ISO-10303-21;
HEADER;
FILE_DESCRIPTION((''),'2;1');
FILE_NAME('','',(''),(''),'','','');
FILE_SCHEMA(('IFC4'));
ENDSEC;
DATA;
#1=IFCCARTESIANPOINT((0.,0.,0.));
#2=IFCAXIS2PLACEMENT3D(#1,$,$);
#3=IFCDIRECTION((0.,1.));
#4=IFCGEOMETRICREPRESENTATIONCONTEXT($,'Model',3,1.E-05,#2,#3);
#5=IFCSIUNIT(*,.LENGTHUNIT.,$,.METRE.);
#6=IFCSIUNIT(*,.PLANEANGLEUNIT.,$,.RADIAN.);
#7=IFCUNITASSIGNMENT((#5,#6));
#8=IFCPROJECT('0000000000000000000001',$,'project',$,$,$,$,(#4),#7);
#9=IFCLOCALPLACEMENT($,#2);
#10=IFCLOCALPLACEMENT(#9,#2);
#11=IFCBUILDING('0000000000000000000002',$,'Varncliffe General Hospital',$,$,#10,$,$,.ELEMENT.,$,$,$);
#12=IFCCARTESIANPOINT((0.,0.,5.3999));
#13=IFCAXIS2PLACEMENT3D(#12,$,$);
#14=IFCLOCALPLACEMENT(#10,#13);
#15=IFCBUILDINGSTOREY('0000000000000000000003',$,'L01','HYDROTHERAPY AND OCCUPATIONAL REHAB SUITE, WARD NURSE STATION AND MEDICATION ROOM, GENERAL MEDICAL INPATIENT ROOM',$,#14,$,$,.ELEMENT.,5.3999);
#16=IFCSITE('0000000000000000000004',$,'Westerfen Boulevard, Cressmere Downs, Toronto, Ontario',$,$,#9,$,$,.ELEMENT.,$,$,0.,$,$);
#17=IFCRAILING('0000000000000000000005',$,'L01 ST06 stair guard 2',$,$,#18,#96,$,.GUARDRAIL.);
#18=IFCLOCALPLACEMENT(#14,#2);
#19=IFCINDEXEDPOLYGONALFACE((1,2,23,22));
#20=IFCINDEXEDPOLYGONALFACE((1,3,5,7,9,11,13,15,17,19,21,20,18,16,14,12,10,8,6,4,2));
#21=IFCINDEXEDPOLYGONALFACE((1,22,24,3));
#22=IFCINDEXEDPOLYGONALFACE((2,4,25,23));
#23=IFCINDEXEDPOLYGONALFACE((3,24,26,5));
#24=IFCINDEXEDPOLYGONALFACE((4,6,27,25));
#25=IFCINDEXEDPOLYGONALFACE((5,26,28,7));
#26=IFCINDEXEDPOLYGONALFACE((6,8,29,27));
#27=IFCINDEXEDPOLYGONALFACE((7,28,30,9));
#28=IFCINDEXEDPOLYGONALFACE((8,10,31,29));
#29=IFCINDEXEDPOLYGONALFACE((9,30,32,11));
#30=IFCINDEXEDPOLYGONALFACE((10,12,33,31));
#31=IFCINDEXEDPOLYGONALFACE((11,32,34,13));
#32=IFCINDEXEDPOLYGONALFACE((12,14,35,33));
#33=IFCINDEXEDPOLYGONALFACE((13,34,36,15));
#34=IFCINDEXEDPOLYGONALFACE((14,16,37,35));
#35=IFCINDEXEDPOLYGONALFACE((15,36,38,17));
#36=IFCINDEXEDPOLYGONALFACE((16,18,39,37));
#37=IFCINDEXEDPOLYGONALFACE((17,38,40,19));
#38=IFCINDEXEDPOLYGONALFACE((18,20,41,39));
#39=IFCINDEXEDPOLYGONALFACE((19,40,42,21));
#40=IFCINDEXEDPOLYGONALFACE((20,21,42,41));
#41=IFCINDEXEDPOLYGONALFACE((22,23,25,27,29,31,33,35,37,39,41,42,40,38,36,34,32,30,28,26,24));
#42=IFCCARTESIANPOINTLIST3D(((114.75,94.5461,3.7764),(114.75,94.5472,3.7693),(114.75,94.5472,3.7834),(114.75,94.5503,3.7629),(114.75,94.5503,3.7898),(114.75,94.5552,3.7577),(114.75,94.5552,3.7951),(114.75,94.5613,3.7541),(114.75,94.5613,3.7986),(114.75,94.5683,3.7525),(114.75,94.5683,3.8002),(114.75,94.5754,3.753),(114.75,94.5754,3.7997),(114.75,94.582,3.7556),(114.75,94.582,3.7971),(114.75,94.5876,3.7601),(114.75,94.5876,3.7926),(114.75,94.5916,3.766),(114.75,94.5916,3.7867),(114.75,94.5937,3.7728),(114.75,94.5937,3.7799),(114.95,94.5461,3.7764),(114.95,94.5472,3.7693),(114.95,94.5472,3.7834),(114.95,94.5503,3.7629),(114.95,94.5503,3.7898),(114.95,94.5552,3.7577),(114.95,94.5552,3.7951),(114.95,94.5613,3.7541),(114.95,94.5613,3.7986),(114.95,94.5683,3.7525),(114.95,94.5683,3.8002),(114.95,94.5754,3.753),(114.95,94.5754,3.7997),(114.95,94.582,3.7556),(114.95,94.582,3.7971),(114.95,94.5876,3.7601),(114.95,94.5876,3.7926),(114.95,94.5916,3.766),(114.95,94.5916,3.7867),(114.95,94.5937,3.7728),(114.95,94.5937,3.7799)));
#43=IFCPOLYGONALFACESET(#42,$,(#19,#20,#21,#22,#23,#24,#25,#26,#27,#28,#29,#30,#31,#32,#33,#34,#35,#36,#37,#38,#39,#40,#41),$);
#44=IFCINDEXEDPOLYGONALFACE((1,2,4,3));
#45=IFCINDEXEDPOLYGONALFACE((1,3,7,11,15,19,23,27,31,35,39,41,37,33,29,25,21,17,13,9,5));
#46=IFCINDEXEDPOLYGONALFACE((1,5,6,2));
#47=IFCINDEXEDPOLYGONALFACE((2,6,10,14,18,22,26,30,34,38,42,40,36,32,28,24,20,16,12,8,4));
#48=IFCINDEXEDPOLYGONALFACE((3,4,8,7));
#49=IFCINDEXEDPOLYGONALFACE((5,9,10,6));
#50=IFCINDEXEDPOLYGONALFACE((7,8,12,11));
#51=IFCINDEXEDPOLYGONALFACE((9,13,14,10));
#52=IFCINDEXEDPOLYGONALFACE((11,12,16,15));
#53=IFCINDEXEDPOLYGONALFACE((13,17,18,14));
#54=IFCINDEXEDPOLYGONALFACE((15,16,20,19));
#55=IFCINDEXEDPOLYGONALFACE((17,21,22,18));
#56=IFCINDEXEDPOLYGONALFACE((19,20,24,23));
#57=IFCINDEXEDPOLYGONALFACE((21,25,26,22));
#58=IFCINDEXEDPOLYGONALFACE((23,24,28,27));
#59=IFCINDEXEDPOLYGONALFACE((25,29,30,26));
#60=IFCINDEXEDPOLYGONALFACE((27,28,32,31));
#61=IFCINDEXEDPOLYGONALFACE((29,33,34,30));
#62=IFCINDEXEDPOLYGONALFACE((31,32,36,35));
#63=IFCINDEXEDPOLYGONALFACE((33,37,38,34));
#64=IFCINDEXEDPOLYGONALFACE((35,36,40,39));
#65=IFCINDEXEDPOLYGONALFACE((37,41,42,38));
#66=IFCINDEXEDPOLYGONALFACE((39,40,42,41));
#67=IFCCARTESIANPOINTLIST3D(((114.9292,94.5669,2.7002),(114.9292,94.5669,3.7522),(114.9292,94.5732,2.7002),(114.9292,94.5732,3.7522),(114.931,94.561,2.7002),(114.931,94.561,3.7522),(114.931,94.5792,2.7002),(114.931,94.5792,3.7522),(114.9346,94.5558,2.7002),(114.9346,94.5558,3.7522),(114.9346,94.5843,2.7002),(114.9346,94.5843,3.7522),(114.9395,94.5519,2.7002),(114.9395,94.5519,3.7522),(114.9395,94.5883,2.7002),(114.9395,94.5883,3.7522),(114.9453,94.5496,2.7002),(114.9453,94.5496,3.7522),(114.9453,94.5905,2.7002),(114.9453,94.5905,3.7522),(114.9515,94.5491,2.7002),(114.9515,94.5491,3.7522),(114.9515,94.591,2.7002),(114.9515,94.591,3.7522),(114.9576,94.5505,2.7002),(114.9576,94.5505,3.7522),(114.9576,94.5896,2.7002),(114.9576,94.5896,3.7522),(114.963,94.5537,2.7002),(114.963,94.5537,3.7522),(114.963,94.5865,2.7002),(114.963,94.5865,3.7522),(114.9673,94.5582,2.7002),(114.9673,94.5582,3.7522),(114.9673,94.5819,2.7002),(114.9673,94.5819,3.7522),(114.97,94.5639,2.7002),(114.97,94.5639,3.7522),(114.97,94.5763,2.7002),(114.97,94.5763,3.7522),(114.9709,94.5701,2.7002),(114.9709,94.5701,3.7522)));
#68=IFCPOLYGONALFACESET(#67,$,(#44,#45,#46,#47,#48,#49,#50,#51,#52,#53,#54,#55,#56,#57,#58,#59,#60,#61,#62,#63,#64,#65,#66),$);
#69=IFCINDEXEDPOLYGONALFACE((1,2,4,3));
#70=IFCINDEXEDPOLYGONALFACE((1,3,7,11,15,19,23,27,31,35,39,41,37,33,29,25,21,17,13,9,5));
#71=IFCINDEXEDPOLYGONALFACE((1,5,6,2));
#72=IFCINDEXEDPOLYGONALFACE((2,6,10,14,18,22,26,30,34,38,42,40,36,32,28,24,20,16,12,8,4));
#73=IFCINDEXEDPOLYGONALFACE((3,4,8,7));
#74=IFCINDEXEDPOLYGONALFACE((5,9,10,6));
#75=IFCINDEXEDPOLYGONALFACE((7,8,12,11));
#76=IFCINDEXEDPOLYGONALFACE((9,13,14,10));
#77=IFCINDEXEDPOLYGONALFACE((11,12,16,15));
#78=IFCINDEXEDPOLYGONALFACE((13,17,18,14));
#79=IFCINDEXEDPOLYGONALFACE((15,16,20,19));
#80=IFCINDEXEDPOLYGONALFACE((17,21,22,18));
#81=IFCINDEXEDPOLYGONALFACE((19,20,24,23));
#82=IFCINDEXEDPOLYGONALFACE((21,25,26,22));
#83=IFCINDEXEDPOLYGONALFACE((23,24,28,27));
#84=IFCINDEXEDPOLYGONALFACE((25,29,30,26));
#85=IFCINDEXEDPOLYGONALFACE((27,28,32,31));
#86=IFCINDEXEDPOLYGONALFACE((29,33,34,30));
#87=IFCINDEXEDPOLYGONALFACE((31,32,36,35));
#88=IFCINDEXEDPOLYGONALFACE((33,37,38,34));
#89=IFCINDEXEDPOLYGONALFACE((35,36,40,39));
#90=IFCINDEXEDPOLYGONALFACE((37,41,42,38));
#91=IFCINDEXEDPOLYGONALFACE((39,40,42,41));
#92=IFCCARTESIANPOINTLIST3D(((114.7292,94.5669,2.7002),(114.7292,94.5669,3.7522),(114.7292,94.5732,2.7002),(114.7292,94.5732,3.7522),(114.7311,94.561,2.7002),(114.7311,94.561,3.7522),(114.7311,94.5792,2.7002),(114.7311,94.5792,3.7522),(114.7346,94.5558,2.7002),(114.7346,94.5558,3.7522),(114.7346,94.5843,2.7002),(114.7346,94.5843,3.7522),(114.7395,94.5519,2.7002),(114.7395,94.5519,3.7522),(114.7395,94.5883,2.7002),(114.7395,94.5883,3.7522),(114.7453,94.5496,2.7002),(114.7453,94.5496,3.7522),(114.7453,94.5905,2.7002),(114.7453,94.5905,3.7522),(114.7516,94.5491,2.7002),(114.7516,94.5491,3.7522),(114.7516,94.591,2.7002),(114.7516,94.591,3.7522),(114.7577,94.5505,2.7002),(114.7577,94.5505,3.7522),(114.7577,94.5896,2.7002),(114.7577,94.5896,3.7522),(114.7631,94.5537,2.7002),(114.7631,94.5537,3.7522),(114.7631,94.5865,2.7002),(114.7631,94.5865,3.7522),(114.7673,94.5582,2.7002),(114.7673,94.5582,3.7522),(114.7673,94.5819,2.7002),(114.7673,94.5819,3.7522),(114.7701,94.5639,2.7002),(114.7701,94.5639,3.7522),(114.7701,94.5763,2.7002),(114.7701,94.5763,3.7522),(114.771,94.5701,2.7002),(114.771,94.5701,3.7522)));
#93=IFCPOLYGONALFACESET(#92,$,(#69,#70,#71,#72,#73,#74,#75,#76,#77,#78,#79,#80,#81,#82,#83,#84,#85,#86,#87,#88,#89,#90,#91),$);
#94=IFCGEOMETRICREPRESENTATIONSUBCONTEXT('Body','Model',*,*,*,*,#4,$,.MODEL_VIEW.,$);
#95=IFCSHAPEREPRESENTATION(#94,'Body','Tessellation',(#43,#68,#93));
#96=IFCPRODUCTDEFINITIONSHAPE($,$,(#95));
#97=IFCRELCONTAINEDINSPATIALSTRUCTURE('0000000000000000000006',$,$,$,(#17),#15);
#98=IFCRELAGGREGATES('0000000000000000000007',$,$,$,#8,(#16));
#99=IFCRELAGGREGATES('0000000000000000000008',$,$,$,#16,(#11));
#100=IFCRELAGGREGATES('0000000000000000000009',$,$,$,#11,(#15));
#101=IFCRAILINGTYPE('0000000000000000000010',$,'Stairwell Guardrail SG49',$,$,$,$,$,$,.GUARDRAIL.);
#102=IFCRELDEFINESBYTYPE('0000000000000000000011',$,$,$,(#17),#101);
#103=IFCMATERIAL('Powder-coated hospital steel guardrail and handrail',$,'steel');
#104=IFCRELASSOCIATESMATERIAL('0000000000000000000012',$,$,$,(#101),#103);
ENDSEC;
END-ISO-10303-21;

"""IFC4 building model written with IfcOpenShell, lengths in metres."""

from ifc_helpers import new_model, si_unit, direction, frame, origin, origin_2d, place, context, subcontext, project, spatial, circle, extrude, material, type_object, element, save


model = new_model("IFC4")

# Units and contexts
model_context = context("Model", 3, precision=1e-05, world=origin(), true_north=direction((0.0, 1.0)))
body_context = subcontext(model_context, "Body", "Model", "MODEL_VIEW")
ifc_project = project(units=[si_unit("LENGTHUNIT", "METRE"), si_unit("PLANEANGLEUNIT", "RADIAN")], contexts=[model_context])

# Site, building, storey
site_placement = place(None, origin())
site = spatial("IfcSite", under=ifc_project, at=site_placement, Name="Westerfen Boulevard, Cressmere Downs, Toronto, Ontario", CompositionType="ELEMENT", RefElevation=0.0)
building_placement = place(site_placement, origin())
building = spatial("IfcBuilding", under=site, at=building_placement, Name="Varncliffe General Hospital", CompositionType="ELEMENT")
storey_placement = place(building_placement, frame((0.0, 0.0, 5.3999)))
storey = spatial("IfcBuildingStorey", under=building, at=storey_placement, Name="L01", Description="HYDROTHERAPY AND OCCUPATIONAL REHAB SUITE, WARD NURSE STATION AND MEDICATION ROOM, GENERAL MEDICAL INPATIENT ROOM", CompositionType="ELEMENT", Elevation=5.3999)

# Railing
ifc_material_1 = material(Name="Powder-coated hospital steel guardrail and handrail", Category="steel")
railing_type_1 = type_object("IfcRailingType", Name="Stairwell Guardrail SG49", PredefinedType="GUARDRAIL", material=ifc_material_1)
railing_1_placement = place(storey_placement, frame((114.95, 94.5701, 2.7002)))
element("IfcRailing", 1, at=railing_1_placement, inside=storey, type_object=railing_type_1, Name="L01 ST06 stair guard 2", PredefinedType="GUARDRAIL", context=body_context, shape_type="SweptSolid", body=[
    extrude(circle(Radius=0.0239, at=origin_2d()), frame((0.0, 0.0, 1.0762), z_axis=(-1.0, 0.0, 0.0), x_axis=(0.0, -1.0, 0.0)), (0.0, 0.0, 1.0), 0.2),
    extrude(circle(Radius=0.021, at=origin_2d()), origin(), (0.0, 0.0, 1.0), 1.052),
    extrude(circle(Radius=0.021, at=origin_2d()), frame((-0.2, 0.0, 0.0)), (0.0, 0.0, 1.0), 1.052),
])

save(model, "model.ifc")
